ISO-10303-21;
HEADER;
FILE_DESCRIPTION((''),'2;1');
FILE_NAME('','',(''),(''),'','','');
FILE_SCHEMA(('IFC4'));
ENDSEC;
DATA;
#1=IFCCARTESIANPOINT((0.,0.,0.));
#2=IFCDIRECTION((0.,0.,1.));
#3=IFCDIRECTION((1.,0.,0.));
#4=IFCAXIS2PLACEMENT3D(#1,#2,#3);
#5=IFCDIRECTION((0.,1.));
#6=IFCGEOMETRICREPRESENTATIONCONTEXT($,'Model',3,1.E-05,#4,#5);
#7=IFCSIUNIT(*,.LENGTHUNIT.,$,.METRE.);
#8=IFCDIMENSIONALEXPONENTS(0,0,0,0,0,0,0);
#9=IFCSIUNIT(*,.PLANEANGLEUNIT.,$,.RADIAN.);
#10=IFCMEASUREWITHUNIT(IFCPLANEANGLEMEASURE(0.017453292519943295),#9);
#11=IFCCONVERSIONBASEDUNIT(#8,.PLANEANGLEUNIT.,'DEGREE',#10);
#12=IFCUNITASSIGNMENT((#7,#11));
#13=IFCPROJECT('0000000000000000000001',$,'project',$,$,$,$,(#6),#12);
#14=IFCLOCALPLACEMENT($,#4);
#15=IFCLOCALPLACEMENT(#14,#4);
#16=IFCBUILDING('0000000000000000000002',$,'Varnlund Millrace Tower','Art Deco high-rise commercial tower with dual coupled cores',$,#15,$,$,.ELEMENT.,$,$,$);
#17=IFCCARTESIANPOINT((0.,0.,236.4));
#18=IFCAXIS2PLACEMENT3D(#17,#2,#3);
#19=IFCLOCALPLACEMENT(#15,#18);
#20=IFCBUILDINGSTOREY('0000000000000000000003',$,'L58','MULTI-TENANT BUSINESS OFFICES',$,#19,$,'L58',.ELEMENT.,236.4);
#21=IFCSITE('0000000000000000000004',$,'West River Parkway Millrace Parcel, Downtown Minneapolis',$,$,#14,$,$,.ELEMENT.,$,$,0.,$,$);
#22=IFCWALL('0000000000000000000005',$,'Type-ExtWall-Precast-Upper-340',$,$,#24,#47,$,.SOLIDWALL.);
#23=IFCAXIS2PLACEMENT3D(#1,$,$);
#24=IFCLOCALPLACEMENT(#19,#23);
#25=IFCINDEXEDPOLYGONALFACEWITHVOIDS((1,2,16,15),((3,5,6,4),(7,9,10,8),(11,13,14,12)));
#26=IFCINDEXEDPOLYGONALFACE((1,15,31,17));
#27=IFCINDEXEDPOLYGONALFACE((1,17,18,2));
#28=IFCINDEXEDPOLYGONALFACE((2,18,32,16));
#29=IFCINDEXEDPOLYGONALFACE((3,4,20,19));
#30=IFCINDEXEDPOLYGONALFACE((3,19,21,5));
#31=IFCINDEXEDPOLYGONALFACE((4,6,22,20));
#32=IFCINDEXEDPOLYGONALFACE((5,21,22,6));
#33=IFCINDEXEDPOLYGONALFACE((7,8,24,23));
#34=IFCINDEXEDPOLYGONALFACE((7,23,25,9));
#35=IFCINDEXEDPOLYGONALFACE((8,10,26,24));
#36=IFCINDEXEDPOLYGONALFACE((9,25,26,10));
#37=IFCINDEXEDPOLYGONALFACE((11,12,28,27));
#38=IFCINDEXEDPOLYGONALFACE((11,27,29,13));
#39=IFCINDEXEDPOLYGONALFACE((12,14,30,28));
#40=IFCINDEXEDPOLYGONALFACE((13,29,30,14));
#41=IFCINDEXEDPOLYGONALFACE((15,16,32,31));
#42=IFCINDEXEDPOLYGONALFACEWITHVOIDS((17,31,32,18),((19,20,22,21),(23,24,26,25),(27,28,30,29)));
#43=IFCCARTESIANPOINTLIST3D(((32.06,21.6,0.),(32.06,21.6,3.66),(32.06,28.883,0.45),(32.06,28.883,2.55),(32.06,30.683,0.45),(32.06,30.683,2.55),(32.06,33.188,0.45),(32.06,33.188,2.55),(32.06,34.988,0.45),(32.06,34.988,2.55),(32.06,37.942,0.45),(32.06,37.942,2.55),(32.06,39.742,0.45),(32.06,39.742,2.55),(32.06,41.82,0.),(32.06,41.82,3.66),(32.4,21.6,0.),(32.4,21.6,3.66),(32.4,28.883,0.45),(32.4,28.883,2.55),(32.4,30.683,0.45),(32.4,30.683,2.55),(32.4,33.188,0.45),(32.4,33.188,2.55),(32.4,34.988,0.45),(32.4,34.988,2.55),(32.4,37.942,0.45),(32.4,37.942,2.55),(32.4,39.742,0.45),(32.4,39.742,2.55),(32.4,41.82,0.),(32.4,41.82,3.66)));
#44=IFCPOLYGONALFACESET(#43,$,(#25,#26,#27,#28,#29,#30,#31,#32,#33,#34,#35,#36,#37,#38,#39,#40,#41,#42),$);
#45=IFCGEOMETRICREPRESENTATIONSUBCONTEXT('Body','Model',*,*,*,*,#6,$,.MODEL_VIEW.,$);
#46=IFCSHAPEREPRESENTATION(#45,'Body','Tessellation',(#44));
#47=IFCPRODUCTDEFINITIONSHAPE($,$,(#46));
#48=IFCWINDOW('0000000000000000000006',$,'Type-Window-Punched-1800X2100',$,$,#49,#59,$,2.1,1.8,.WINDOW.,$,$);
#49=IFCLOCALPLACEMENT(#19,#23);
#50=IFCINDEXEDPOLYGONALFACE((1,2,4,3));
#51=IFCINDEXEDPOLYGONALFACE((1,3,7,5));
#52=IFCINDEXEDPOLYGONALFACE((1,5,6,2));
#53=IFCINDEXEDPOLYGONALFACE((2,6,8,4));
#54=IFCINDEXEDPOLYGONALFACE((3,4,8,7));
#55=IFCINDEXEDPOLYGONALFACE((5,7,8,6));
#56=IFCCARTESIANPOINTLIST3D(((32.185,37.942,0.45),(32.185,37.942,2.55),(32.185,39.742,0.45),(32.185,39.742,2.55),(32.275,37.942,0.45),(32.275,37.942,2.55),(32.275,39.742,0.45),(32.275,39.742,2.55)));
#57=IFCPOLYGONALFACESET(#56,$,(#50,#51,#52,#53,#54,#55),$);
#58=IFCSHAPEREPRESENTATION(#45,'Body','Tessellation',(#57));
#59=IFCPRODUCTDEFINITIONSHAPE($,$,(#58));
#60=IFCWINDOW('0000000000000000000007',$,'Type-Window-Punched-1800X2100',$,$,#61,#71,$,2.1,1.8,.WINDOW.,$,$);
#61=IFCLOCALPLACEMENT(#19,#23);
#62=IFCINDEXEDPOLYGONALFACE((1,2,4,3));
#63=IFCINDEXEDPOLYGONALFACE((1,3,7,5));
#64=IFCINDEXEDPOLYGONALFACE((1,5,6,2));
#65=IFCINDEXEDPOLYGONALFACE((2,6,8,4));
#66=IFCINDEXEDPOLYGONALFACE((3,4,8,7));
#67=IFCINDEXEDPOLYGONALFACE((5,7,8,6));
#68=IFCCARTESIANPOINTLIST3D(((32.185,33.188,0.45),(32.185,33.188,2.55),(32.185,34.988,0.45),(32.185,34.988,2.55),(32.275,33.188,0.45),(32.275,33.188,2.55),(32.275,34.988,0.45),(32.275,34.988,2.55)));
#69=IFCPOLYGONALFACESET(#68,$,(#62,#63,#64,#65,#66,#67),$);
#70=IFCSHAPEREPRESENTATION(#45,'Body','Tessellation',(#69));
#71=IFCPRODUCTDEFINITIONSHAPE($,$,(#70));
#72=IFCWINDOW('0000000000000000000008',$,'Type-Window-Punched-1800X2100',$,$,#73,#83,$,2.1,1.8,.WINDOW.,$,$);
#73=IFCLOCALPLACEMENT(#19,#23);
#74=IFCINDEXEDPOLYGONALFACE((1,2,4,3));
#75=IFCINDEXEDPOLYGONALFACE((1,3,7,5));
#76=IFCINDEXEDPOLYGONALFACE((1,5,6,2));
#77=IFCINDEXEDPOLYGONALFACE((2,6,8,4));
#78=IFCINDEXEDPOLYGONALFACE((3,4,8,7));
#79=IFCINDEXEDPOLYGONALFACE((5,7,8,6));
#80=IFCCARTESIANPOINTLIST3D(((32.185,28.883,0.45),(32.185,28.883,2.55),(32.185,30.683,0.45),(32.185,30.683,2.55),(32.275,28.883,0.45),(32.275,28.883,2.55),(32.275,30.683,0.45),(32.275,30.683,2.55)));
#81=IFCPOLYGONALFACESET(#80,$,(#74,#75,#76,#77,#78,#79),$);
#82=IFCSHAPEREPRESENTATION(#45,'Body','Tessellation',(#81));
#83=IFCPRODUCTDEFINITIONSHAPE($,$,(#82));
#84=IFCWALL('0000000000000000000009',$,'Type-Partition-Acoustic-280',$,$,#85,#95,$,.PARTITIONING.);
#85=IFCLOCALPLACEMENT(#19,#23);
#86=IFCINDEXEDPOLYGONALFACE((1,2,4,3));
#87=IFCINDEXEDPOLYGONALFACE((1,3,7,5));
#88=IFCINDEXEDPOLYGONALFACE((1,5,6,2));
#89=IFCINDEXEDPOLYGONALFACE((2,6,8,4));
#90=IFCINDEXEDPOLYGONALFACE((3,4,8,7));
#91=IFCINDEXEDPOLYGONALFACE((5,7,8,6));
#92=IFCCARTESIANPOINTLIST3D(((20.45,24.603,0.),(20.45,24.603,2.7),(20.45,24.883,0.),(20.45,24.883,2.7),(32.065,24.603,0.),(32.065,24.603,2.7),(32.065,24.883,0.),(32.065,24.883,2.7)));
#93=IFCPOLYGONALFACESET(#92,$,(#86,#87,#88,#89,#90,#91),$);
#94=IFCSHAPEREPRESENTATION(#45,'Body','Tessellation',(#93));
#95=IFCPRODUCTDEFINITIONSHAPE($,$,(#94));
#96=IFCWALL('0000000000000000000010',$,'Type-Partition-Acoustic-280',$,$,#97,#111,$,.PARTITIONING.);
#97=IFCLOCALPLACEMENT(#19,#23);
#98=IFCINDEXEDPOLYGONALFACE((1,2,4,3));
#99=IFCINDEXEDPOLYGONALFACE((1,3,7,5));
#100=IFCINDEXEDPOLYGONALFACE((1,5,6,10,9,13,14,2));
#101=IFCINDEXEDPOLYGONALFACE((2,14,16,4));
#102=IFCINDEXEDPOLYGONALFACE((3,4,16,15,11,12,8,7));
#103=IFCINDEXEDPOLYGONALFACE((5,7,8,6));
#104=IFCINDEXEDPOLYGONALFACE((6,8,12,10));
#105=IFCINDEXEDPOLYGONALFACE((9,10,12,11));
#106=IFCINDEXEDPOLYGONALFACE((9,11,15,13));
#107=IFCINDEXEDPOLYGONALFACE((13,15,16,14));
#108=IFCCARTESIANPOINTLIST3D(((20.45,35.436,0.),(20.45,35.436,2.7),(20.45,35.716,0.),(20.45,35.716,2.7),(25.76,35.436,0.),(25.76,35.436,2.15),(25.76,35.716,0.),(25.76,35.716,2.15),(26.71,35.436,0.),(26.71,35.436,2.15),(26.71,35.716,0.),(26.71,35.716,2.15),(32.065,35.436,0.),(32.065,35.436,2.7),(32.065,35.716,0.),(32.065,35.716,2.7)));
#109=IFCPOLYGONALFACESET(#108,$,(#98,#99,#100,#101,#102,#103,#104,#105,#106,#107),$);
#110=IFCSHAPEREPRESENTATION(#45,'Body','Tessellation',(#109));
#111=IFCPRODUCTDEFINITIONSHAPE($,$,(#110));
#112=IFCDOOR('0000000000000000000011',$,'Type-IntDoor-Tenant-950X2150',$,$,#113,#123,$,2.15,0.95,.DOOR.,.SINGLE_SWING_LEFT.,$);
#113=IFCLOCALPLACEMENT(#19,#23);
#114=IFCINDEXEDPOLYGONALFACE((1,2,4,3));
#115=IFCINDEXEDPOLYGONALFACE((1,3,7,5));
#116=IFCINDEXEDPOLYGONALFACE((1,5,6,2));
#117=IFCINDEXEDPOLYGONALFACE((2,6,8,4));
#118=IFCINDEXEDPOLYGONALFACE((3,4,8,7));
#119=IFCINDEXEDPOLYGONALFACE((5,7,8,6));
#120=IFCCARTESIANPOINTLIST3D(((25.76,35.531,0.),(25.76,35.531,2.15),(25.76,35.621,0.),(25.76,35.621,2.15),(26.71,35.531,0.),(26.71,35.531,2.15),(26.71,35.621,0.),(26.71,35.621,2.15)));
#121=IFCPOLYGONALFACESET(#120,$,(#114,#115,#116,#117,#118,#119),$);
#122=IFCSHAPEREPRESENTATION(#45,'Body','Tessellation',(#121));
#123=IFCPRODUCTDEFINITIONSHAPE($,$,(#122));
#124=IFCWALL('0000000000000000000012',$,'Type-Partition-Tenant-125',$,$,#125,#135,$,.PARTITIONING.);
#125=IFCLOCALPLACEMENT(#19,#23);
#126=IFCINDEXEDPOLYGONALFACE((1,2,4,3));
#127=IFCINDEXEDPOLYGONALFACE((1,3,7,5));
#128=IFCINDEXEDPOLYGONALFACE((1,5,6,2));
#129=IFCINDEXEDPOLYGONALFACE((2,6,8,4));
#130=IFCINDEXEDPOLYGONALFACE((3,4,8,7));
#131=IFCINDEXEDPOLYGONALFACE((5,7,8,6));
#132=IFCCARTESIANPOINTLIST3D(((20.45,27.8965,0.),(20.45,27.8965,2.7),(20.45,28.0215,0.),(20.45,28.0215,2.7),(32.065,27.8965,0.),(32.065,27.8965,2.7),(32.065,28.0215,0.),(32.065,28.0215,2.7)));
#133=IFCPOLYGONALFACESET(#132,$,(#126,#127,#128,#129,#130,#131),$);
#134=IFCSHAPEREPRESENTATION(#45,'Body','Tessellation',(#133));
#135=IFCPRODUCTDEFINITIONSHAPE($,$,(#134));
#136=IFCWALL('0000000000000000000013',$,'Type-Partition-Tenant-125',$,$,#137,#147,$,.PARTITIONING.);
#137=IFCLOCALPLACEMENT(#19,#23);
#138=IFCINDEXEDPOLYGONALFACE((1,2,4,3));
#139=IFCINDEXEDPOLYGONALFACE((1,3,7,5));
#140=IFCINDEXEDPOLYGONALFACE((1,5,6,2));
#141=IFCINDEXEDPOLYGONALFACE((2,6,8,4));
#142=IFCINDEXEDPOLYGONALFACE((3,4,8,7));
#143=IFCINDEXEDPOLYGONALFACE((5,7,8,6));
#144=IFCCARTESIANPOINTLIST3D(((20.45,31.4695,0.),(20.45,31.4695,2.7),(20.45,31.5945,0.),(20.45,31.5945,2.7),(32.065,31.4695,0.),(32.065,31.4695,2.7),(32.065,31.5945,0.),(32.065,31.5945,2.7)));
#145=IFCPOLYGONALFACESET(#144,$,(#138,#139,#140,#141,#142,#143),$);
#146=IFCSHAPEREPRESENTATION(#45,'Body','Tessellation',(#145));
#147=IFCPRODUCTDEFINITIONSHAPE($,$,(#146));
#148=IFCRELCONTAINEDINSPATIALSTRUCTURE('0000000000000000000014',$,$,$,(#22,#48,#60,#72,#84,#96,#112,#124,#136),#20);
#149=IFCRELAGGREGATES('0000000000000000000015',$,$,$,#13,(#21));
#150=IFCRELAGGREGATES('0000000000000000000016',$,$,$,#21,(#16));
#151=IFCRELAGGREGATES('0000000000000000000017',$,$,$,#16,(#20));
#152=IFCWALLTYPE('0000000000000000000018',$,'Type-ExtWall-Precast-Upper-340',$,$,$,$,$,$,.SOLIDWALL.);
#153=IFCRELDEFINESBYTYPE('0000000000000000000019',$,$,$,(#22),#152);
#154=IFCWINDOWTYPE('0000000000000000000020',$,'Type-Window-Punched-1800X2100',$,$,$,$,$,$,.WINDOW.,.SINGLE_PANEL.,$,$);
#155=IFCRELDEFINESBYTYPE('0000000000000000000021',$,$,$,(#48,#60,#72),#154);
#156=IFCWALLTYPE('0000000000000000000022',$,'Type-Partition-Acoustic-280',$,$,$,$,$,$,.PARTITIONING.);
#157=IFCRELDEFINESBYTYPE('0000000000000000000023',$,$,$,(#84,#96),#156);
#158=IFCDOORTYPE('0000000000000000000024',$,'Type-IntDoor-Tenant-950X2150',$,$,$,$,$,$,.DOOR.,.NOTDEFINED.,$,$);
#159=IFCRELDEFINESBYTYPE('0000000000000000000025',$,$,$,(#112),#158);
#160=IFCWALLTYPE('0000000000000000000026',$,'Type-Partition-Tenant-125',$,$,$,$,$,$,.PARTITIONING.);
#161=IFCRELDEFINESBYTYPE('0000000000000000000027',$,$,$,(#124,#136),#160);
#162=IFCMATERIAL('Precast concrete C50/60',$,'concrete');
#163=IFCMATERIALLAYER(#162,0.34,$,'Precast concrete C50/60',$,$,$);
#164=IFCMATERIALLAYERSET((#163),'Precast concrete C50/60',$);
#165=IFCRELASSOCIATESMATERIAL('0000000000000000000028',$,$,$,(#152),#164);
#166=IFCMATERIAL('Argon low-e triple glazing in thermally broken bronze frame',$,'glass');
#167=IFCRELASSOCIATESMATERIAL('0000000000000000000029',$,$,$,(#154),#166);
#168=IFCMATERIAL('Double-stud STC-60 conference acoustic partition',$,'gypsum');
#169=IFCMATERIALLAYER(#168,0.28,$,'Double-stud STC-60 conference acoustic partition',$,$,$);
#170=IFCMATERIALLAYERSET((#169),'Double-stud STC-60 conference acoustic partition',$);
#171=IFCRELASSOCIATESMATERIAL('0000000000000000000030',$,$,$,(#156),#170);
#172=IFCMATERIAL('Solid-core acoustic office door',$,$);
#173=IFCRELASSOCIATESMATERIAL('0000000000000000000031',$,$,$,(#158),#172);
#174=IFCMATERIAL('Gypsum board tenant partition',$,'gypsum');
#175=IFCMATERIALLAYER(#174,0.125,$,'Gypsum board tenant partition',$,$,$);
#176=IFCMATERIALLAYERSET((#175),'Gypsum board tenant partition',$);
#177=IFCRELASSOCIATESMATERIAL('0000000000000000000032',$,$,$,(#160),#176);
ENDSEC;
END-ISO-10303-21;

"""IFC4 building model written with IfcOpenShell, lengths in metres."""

from ifc_helpers import new_model, entity, si_unit, converted_unit, direction, frame, origin_with_axes, origin_2d_with_axis, place, context, subcontext, project, spatial, polyline, rectangle, outline, extrude, material, layer, layer_set, type_object, element, fill, save


model = new_model("IFC4")

# Units and contexts
model_context = context("Model", 3, precision=1e-05, world=origin_with_axes(), true_north=direction((0.0, 1.0)))
body_context = subcontext(model_context, "Body", "Model", "MODEL_VIEW")
ifc_project = project(units=[si_unit("LENGTHUNIT", "METRE"), converted_unit("PLANEANGLEUNIT", "DEGREE", entity("IfcPlaneAngleMeasure", 0.017453292519943295), si_unit("PLANEANGLEUNIT", "RADIAN"), dimensions=[0, 0, 0, 0, 0, 0, 0])], contexts=[model_context])

# Site, building, storey
site_placement = place(None, origin_with_axes())
site = spatial("IfcSite", under=ifc_project, at=site_placement, Name="West River Parkway Millrace Parcel, Downtown Minneapolis", CompositionType="ELEMENT", RefElevation=0.0)
building_placement = place(site_placement, origin_with_axes())
building = spatial("IfcBuilding", under=site, at=building_placement, Name="Varnlund Millrace Tower", Description="Art Deco high-rise commercial tower with dual coupled cores", CompositionType="ELEMENT")
storey_placement = place(building_placement, frame((0.0, 0.0, 236.4), z_axis=(0.0, 0.0, 1.0), x_axis=(1.0, 0.0, 0.0)))
storey = spatial("IfcBuildingStorey", under=building, at=storey_placement, Name="L58", Description="MULTI-TENANT BUSINESS OFFICES", LongName="L58", CompositionType="ELEMENT", Elevation=236.4)

# Shared definitions
ifc_material_1 = material(Name="Precast concrete C50/60", Category="concrete")
ifc_layer_1 = layer(ifc_material_1, 0.34, Name="Precast concrete C50/60")
ifc_layer_set_1 = layer_set([ifc_layer_1], Name="Precast concrete C50/60")
wall_type_1 = type_object("IfcWallType", Name="Type-ExtWall-Precast-Upper-340", PredefinedType="SOLIDWALL", material=ifc_layer_set_1)
ifc_material_2 = material(Name="Argon low-e triple glazing in thermally broken bronze frame", Category="glass")
window_type = type_object("IfcWindowType", Name="Type-Window-Punched-1800X2100", PartitioningType="SINGLE_PANEL", PredefinedType="WINDOW", material=ifc_material_2)

# Wall, openings, windows
wall_1_placement = place(storey_placement, frame((32.23, 41.82, 0.0), z_axis=(0.0, 0.0, 1.0), x_axis=(0.0, -1.0, 0.0)))
wall_1 = element("IfcWall", 1, at=wall_1_placement, inside=storey, type_object=wall_type_1, Name="Type-ExtWall-Precast-Upper-340", PredefinedType="SOLIDWALL", context=body_context, shape_type="SweptSolid", body=[
    extrude(outline(polyline([(0.0, -0.17), (20.22, -0.17), (20.22, 0.17), (0.0, 0.17), (0.0, -0.17)])), origin_with_axes(), (0.0, 0.0, 1.0), 3.66),
])
opening_1_placement = place(wall_1_placement, frame((2.978, 0.0, 0.45), z_axis=(0.0, 0.0, 1.0), x_axis=(1.0, 0.0, 0.0)))
opening_1 = element("IfcOpeningElement", 2, at=opening_1_placement, cuts=wall_1, PredefinedType="OPENING", context=body_context, shape_type="SweptSolid", body=[
    extrude(rectangle(XDim=1.8, YDim=0.36, at=origin_2d_with_axis()), origin_with_axes(), (0.0, 0.0, 1.0), 2.1),
])
opening_2_placement = place(wall_1_placement, frame((7.732, 0.0, 0.45), z_axis=(0.0, 0.0, 1.0), x_axis=(1.0, 0.0, 0.0)))
opening_2 = element("IfcOpeningElement", 3, at=opening_2_placement, cuts=wall_1, PredefinedType="OPENING", context=body_context, shape_type="SweptSolid", body=[
    extrude(rectangle(XDim=1.8, YDim=0.36, at=origin_2d_with_axis()), origin_with_axes(), (0.0, 0.0, 1.0), 2.1),
])
opening_3_placement = place(wall_1_placement, frame((12.037, 0.0, 0.45), z_axis=(0.0, 0.0, 1.0), x_axis=(1.0, 0.0, 0.0)))
opening_3 = element("IfcOpeningElement", 4, at=opening_3_placement, cuts=wall_1, PredefinedType="OPENING", context=body_context, shape_type="SweptSolid", body=[
    extrude(rectangle(XDim=1.8, YDim=0.36, at=origin_2d_with_axis()), origin_with_axes(), (0.0, 0.0, 1.0), 2.1),
])
window_1_placement = place(wall_1_placement, frame((2.978, 0.0, 0.45), z_axis=(0.0, 0.0, 1.0), x_axis=(1.0, 0.0, 0.0)))
window_1 = element("IfcWindow", 5, at=window_1_placement, inside=storey, type_object=window_type, Name="Type-Window-Punched-1800X2100", OverallHeight=2.1, OverallWidth=1.8, PredefinedType="WINDOW", context=body_context, shape_type="SweptSolid", body=[
    extrude(rectangle(XDim=1.8, YDim=0.09, at=origin_2d_with_axis()), origin_with_axes(), (0.0, 0.0, 1.0), 2.1),
])
fill(opening_1, window_1)
window_2_placement = place(wall_1_placement, frame((7.732, 0.0, 0.45), z_axis=(0.0, 0.0, 1.0), x_axis=(1.0, 0.0, 0.0)))
window_2 = element("IfcWindow", 6, at=window_2_placement, inside=storey, type_object=window_type, Name="Type-Window-Punched-1800X2100", OverallHeight=2.1, OverallWidth=1.8, PredefinedType="WINDOW", context=body_context, shape_type="SweptSolid", body=[
    extrude(rectangle(XDim=1.8, YDim=0.09, at=origin_2d_with_axis()), origin_with_axes(), (0.0, 0.0, 1.0), 2.1),
])
fill(opening_2, window_2)
window_3_placement = place(wall_1_placement, frame((12.037, 0.0, 0.45), z_axis=(0.0, 0.0, 1.0), x_axis=(1.0, 0.0, 0.0)))
window_3 = element("IfcWindow", 7, at=window_3_placement, inside=storey, type_object=window_type, Name="Type-Window-Punched-1800X2100", OverallHeight=2.1, OverallWidth=1.8, PredefinedType="WINDOW", context=body_context, shape_type="SweptSolid", body=[
    extrude(rectangle(XDim=1.8, YDim=0.09, at=origin_2d_with_axis()), origin_with_axes(), (0.0, 0.0, 1.0), 2.1),
])
fill(opening_3, window_3)

# Wall
ifc_material_3 = material(Name="Double-stud STC-60 conference acoustic partition", Category="gypsum")
ifc_layer_2 = layer(ifc_material_3, 0.28, Name="Double-stud STC-60 conference acoustic partition")
ifc_layer_set_2 = layer_set([ifc_layer_2], Name="Double-stud STC-60 conference acoustic partition")
wall_type_2 = type_object("IfcWallType", Name="Type-Partition-Acoustic-280", PredefinedType="PARTITIONING", material=ifc_layer_set_2)
wall_2_placement = place(storey_placement, frame((20.45, 24.743, 0.0), z_axis=(0.0, 0.0, 1.0), x_axis=(1.0, 0.0, 0.0)))
element("IfcWall", 8, at=wall_2_placement, inside=storey, type_object=wall_type_2, Name="Type-Partition-Acoustic-280", PredefinedType="PARTITIONING", context=body_context, shape_type="SweptSolid", body=[
    extrude(outline(polyline([(0.0, -0.14), (11.615, -0.14), (11.615, 0.14), (0.0, 0.14), (0.0, -0.14)])), origin_with_axes(), (0.0, 0.0, 1.0), 2.7),
])

# Wall, opening, door
wall_3_placement = place(storey_placement, frame((20.45, 35.576, 0.0), z_axis=(0.0, 0.0, 1.0), x_axis=(1.0, 0.0, 0.0)))
wall_3 = element("IfcWall", 9, at=wall_3_placement, inside=storey, type_object=wall_type_2, Name="Type-Partition-Acoustic-280", PredefinedType="PARTITIONING", context=body_context, shape_type="SweptSolid", body=[
    extrude(outline(polyline([(0.0, -0.14), (11.615, -0.14), (11.615, 0.14), (0.0, 0.14), (0.0, -0.14)])), origin_with_axes(), (0.0, 0.0, 1.0), 2.7),
])
opening_4_placement = place(wall_3_placement, frame((5.785, 0.0, 0.0), z_axis=(0.0, 0.0, 1.0), x_axis=(1.0, 0.0, 0.0)))
opening_4 = element("IfcOpeningElement", 10, at=opening_4_placement, cuts=wall_3, PredefinedType="OPENING", context=body_context, shape_type="SweptSolid", body=[
    extrude(rectangle(XDim=0.95, YDim=0.3, at=origin_2d_with_axis()), origin_with_axes(), (0.0, 0.0, 1.0), 2.15),
])
ifc_material_4 = material(Name="Solid-core acoustic office door")
door_type_1 = type_object("IfcDoorType", Name="Type-IntDoor-Tenant-950X2150", OperationType="NOTDEFINED", PredefinedType="DOOR", material=ifc_material_4)
door_1_placement = place(wall_3_placement, frame((5.785, 0.0, 0.0), z_axis=(0.0, 0.0, 1.0), x_axis=(1.0, 0.0, 0.0)))
door_1 = element("IfcDoor", 11, at=door_1_placement, inside=storey, type_object=door_type_1, Name="Type-IntDoor-Tenant-950X2150", OperationType="SINGLE_SWING_LEFT", OverallHeight=2.15, OverallWidth=0.95, PredefinedType="DOOR", context=body_context, shape_type="SweptSolid", body=[
    extrude(rectangle(XDim=0.95, YDim=0.09, at=origin_2d_with_axis()), origin_with_axes(), (0.0, 0.0, 1.0), 2.15),
])
fill(opening_4, door_1)

# Walls
ifc_material_5 = material(Name="Gypsum board tenant partition", Category="gypsum")
ifc_layer_3 = layer(ifc_material_5, 0.125, Name="Gypsum board tenant partition")
ifc_layer_set_3 = layer_set([ifc_layer_3], Name="Gypsum board tenant partition")
wall_type_3 = type_object("IfcWallType", Name="Type-Partition-Tenant-125", PredefinedType="PARTITIONING", material=ifc_layer_set_3)
for number, where, z_axis, x_axis, name in (
    (12, (20.45, 27.959, 0.0), (0.0, 0.0, 1.0), (1.0, 0.0, 0.0), "Type-Partition-Tenant-125"),
    (13, (20.45, 31.532, 0.0), (0.0, 0.0, 1.0), (1.0, 0.0, 0.0), "Type-Partition-Tenant-125"),
):
    element("IfcWall", number, at=place(storey_placement, frame(where, z_axis=z_axis, x_axis=x_axis)), inside=storey, type_object=wall_type_3, Name=name, PredefinedType="PARTITIONING", context=body_context, shape_type="SweptSolid", body=[
        extrude(outline(polyline([(0.0, -0.0625), (11.615, -0.0625), (11.615, 0.0625), (0.0, 0.0625), (0.0, -0.0625)])), origin_with_axes(), (0.0, 0.0, 1.0), 2.7),
    ])

save(model, "model.ifc")
